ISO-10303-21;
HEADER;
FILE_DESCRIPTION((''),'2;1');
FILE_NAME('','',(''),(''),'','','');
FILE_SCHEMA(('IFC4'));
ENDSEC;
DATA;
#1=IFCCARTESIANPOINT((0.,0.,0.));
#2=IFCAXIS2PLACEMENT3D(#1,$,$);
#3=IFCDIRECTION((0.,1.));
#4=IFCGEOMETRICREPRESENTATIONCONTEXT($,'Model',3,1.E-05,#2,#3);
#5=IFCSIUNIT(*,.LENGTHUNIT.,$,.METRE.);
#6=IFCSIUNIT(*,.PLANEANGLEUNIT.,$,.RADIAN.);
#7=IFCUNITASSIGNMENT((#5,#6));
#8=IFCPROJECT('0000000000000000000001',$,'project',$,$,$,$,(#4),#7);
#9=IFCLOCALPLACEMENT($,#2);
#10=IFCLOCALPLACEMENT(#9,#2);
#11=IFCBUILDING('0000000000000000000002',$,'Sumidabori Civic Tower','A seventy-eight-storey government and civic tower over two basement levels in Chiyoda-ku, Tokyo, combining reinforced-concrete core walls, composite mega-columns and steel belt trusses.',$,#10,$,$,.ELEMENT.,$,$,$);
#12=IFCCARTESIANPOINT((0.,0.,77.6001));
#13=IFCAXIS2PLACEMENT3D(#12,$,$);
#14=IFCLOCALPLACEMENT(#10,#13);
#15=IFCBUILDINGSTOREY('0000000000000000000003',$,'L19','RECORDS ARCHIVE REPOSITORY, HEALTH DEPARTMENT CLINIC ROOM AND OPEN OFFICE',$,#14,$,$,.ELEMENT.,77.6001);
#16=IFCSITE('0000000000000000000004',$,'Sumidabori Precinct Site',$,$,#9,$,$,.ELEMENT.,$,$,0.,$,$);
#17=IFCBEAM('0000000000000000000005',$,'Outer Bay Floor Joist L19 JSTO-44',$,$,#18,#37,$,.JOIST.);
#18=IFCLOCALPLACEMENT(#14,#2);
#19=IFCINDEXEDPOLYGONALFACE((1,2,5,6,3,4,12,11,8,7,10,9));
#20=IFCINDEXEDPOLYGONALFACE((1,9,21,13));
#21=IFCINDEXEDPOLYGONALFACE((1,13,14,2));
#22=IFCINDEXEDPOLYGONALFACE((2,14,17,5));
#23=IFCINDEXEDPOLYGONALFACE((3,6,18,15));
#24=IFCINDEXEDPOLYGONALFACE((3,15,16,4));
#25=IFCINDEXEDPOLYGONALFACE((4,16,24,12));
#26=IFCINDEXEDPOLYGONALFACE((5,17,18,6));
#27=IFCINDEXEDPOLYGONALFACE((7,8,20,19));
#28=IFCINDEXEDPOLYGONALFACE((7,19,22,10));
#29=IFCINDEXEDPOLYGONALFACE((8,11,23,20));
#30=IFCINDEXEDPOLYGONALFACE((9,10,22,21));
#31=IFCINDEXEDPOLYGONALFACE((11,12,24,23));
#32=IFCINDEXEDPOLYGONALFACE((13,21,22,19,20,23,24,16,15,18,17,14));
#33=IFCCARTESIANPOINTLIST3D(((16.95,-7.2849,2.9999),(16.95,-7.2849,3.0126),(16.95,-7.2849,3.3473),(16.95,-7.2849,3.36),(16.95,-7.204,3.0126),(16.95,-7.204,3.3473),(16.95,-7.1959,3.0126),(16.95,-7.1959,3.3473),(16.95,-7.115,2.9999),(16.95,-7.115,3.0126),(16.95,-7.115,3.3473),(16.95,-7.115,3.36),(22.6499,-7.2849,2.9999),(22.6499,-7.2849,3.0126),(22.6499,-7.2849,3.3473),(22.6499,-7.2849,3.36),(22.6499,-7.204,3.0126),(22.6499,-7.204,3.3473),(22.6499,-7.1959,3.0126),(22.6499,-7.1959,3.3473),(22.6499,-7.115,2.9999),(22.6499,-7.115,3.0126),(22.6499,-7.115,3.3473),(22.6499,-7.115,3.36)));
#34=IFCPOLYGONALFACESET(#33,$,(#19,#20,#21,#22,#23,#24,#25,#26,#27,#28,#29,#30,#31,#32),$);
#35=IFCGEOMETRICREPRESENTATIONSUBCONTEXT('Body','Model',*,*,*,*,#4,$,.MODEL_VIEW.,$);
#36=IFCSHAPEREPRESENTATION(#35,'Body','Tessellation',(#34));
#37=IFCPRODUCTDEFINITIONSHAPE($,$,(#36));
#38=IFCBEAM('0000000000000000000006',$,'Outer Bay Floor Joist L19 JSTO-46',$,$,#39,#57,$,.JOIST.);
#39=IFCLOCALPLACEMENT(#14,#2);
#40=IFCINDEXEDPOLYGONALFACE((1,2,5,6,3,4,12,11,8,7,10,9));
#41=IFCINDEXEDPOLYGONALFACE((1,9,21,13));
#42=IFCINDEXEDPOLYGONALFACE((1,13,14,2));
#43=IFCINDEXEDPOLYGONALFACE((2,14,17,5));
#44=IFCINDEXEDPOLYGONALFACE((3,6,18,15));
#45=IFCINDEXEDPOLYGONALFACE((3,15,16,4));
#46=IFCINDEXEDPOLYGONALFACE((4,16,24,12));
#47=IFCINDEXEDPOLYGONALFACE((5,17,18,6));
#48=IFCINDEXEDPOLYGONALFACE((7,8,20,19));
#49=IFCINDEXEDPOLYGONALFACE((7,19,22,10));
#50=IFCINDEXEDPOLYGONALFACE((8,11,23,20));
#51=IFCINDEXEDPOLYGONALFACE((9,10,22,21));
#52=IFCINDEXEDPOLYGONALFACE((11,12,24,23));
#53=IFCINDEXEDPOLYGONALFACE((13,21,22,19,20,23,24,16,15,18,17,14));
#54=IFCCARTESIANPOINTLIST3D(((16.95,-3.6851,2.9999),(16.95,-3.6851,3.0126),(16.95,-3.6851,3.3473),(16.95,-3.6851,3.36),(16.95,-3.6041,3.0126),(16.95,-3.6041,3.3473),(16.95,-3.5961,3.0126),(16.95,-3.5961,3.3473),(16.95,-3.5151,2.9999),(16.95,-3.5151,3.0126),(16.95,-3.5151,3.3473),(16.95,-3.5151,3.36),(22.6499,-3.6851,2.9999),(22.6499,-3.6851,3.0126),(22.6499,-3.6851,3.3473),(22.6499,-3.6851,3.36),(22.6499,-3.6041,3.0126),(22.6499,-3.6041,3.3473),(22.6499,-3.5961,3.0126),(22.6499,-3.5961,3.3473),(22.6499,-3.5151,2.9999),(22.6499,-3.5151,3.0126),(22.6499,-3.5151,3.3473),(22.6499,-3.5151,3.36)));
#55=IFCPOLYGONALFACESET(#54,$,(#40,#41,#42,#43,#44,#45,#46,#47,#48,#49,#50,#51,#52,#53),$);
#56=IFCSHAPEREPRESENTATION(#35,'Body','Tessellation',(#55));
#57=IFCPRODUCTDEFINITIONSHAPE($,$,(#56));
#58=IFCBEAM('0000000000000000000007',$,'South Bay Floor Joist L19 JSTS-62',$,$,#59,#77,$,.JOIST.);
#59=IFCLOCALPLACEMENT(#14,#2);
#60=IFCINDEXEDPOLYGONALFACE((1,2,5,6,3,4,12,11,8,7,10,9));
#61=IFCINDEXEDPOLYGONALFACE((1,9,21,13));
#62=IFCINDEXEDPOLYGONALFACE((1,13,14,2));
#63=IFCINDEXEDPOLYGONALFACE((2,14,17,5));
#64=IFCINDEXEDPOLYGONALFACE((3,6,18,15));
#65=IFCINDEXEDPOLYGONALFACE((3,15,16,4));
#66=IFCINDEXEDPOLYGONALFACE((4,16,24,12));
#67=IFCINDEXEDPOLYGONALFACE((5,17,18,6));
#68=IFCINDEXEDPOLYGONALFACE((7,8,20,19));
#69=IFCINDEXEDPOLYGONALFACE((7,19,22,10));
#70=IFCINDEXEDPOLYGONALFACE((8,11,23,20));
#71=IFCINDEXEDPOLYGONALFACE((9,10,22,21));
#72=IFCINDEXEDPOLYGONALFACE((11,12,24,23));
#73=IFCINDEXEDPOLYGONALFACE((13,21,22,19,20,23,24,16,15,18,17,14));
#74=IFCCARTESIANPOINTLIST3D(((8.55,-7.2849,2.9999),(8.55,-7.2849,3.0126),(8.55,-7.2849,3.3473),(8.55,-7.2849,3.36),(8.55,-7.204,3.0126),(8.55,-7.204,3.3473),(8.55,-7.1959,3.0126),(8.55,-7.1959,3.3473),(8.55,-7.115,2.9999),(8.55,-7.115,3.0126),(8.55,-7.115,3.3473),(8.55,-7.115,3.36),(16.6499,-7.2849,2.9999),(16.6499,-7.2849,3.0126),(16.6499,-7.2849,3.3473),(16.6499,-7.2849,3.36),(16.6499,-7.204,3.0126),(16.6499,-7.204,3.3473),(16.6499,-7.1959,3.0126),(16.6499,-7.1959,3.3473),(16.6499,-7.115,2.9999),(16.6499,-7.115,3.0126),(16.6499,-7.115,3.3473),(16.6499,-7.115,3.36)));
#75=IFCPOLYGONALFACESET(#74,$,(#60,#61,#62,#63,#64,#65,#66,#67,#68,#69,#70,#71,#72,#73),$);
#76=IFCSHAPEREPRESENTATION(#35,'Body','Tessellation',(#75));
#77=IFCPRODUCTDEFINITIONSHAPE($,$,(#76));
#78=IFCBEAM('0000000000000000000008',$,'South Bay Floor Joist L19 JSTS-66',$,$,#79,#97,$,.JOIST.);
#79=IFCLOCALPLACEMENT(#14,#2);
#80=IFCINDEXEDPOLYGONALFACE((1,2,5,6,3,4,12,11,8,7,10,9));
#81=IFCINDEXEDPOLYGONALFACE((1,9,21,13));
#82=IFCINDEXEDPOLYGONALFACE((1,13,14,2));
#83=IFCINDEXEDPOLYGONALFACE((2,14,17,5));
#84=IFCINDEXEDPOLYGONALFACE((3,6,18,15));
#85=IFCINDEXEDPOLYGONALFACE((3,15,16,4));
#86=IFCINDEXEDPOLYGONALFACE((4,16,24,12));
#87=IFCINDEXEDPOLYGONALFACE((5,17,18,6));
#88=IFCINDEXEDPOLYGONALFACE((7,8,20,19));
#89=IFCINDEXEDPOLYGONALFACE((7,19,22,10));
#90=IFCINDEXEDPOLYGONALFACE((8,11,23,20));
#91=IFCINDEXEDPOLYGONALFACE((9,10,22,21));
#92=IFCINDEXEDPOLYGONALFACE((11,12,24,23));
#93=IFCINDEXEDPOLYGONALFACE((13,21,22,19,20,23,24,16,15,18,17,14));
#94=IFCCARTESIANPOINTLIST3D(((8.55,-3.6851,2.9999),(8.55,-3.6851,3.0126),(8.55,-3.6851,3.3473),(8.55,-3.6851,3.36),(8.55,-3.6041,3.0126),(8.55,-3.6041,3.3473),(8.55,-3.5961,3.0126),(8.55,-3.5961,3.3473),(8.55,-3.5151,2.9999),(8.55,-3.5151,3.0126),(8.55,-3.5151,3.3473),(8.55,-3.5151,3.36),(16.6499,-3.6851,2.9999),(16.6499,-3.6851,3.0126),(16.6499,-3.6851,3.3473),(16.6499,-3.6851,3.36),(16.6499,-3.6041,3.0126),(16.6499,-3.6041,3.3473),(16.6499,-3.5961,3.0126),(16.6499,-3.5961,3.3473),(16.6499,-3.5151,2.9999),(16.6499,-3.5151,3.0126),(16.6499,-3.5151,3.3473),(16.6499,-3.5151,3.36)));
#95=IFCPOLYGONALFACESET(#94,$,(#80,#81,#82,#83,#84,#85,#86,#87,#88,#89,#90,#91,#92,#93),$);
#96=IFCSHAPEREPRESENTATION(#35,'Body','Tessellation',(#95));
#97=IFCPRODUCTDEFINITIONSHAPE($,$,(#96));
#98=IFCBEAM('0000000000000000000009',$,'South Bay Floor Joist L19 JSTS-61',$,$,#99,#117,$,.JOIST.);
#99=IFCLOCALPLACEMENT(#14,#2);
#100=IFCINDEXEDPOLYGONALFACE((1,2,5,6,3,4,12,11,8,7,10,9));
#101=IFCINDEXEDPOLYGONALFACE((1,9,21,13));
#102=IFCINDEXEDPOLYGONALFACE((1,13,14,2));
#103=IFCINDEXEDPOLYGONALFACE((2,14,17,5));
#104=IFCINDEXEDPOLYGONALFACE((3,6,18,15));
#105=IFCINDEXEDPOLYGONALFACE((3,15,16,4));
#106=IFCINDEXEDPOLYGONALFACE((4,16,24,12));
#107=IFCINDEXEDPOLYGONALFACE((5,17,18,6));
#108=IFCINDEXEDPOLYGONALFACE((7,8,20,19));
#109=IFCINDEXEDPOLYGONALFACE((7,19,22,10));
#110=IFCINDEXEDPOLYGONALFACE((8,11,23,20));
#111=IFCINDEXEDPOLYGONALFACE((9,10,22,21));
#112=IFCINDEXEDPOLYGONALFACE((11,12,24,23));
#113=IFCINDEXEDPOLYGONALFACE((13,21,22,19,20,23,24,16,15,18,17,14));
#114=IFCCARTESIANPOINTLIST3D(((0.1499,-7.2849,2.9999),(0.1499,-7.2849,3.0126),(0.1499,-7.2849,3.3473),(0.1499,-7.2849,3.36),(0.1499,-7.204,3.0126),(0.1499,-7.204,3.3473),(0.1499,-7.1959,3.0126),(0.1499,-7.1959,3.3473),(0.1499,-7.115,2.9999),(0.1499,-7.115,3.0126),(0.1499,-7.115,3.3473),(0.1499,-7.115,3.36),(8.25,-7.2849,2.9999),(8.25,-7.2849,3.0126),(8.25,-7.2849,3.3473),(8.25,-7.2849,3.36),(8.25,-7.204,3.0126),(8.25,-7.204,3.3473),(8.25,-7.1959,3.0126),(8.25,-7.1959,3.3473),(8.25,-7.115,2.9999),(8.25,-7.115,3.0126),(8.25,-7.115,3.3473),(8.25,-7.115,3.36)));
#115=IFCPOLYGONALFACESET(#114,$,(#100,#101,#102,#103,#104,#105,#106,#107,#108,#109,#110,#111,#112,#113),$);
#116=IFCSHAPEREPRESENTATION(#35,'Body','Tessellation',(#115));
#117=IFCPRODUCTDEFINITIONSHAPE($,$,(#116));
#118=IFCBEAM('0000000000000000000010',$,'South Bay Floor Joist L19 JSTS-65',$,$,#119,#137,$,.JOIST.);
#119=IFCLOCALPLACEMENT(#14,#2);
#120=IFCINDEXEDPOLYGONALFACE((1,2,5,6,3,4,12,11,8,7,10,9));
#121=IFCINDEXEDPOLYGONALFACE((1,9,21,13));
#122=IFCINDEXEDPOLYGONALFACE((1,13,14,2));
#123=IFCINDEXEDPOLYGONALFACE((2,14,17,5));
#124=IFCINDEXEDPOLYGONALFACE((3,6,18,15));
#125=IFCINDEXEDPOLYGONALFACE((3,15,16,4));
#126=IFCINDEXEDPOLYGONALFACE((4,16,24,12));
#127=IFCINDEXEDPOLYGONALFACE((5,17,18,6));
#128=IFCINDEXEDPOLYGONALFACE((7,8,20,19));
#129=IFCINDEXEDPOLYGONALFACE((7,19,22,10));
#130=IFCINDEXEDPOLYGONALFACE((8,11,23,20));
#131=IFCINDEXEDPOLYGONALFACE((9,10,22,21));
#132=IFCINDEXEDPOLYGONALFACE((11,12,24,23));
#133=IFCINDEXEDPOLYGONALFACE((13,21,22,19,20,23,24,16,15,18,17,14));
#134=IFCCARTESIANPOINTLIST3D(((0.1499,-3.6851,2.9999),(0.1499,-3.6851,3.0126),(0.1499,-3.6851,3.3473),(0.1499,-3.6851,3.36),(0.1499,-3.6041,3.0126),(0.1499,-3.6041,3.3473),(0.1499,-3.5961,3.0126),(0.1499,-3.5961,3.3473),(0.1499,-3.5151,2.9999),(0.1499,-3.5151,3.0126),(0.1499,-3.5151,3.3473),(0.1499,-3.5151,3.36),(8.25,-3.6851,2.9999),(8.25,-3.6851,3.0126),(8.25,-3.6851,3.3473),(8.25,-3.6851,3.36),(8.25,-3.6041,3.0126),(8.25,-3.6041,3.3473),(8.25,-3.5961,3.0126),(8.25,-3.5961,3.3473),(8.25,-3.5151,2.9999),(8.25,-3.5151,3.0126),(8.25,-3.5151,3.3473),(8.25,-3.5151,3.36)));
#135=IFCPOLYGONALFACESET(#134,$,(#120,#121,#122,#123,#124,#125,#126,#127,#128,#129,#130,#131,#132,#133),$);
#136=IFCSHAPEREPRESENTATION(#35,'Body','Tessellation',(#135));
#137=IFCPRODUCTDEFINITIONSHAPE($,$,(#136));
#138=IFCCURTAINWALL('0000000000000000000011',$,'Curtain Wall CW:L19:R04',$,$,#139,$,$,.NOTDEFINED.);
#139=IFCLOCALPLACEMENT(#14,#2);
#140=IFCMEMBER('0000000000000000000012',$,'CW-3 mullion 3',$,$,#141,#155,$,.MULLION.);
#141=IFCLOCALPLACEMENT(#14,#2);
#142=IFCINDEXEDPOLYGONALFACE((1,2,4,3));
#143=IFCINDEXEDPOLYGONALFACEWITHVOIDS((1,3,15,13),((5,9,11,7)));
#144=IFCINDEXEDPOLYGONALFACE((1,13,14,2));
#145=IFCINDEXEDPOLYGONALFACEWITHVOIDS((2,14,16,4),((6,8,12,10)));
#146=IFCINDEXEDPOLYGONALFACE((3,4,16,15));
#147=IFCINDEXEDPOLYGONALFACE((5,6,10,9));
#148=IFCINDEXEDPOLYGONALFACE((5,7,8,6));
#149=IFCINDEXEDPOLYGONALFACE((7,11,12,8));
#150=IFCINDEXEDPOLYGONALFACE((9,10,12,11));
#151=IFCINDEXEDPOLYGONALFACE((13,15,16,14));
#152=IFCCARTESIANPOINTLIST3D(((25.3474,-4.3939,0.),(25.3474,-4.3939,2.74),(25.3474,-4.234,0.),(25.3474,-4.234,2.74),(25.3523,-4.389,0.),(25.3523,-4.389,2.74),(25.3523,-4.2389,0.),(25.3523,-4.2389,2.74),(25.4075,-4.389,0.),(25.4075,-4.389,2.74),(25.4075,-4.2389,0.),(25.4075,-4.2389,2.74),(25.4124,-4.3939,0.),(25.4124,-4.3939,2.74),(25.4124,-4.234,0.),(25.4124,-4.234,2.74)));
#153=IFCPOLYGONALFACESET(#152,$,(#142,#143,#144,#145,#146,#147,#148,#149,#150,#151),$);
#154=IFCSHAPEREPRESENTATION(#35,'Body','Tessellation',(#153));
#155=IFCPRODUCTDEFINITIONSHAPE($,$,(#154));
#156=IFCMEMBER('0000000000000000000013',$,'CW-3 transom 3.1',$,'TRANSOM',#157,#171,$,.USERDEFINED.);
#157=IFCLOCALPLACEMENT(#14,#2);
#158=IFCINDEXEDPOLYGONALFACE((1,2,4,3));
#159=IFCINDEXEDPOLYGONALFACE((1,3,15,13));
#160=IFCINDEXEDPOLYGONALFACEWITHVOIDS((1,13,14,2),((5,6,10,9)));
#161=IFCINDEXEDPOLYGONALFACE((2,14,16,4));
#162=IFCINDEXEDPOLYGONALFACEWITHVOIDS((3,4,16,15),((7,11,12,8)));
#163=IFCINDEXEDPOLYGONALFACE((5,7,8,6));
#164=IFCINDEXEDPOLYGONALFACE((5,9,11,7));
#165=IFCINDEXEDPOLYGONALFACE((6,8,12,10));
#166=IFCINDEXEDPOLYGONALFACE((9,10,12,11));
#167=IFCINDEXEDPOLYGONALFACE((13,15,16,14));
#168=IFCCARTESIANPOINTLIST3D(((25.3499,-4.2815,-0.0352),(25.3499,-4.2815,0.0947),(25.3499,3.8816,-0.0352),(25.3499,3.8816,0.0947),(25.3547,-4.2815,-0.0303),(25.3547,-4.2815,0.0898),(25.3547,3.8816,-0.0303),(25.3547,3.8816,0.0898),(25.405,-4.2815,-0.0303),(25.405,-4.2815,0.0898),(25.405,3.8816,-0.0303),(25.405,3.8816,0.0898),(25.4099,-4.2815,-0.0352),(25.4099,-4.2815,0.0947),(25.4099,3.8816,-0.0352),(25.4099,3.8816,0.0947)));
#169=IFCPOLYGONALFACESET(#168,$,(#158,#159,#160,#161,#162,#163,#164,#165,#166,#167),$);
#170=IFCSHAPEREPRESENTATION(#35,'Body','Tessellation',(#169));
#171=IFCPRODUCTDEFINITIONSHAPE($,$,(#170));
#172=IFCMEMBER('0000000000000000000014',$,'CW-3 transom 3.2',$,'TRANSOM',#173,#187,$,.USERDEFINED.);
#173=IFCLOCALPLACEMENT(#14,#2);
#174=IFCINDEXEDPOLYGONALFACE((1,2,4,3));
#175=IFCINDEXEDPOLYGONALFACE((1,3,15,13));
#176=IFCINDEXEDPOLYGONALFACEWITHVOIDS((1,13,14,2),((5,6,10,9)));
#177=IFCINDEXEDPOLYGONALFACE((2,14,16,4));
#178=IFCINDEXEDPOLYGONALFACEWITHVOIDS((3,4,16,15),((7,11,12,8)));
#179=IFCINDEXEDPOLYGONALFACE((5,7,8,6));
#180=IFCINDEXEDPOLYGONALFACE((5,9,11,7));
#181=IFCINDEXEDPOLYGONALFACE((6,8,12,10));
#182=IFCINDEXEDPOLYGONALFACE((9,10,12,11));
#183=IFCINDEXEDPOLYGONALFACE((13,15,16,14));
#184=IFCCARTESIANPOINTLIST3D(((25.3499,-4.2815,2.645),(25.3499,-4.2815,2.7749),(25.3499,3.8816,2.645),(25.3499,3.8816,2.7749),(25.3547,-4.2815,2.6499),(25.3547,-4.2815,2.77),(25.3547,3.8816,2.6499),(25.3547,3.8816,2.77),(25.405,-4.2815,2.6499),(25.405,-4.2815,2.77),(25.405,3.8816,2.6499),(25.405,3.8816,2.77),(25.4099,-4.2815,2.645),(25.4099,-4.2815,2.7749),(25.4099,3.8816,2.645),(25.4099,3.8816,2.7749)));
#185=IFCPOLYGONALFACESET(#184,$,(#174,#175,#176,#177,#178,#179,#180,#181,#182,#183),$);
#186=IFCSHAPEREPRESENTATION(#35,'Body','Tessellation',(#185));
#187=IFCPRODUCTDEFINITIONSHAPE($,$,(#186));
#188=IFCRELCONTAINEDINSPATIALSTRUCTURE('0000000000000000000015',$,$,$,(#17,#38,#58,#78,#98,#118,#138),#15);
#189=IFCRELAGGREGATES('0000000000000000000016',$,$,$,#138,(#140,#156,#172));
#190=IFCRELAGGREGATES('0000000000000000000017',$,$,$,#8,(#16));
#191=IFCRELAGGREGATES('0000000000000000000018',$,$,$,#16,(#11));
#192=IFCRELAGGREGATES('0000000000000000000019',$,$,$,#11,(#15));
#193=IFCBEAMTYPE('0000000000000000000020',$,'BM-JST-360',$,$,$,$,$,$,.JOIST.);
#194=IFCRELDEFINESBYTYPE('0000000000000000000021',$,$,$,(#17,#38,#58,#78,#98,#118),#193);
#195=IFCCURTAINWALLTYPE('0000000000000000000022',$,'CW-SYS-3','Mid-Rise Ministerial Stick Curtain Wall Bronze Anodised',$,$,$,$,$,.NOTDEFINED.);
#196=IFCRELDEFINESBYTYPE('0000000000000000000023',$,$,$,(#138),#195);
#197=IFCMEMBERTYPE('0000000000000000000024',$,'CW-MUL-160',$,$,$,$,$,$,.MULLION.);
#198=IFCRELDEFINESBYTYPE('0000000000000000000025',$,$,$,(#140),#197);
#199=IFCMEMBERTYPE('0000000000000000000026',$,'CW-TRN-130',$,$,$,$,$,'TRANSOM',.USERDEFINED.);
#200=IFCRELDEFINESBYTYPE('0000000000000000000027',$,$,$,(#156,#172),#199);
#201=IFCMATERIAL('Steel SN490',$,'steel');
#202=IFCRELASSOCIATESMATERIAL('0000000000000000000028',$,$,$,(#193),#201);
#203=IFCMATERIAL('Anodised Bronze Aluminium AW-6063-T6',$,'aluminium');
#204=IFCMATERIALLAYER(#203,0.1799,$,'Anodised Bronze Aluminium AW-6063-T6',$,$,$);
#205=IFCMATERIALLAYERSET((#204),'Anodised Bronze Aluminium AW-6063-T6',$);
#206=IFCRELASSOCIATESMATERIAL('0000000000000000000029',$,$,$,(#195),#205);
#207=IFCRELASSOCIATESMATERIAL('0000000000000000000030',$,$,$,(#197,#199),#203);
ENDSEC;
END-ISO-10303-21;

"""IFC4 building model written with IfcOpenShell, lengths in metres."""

from ifc_helpers import new_model, si_unit, direction, frame, origin, origin_2d, place, context, subcontext, project, spatial, hollow_rectangle, i_section, extrude, source, transform, mapped, material, layer, layer_set, material_profile, profile_set, type_object, element, aggregate, save


model = new_model("IFC4")

# Units and contexts
model_context = context("Model", 3, precision=1e-05, world=origin(), true_north=direction((0.0, 1.0)))
body_context = subcontext(model_context, "Body", "Model", "MODEL_VIEW")
ifc_project = project(units=[si_unit("LENGTHUNIT", "METRE"), si_unit("PLANEANGLEUNIT", "RADIAN")], contexts=[model_context])

# Site, building, storey
site_placement = place(None, origin())
site = spatial("IfcSite", under=ifc_project, at=site_placement, Name="Sumidabori Precinct Site", CompositionType="ELEMENT", RefElevation=0.0)
building_placement = place(site_placement, origin())
building = spatial("IfcBuilding", under=site, at=building_placement, Name="Sumidabori Civic Tower", Description="A seventy-eight-storey government and civic tower over two basement levels in Chiyoda-ku, Tokyo, combining reinforced-concrete core walls, composite mega-columns and steel belt trusses.", CompositionType="ELEMENT")
storey_placement = place(building_placement, frame((0.0, 0.0, 77.6001)))
storey = spatial("IfcBuildingStorey", under=building, at=storey_placement, Name="L19", Description="RECORDS ARCHIVE REPOSITORY, HEALTH DEPARTMENT CLINIC ROOM AND OPEN OFFICE", CompositionType="ELEMENT", Elevation=77.6001)

# Beams
ifc_material_1 = material(Name="Steel SN490", Category="steel")
ifc_material_profile_1 = material_profile(ifc_material_1, i_section(OverallWidth=0.1699, OverallDepth=0.3601, WebThickness=0.0081, FlangeThickness=0.0127, at=origin_2d()), Name="IPE 360")
ifc_profile_set_1 = profile_set([ifc_material_profile_1], Name="Steel SN490")
beam_type_1 = type_object("IfcBeamType", Name="BM-JST-360", PredefinedType="JOIST", material=ifc_profile_set_1)
shared_shape_1 = source(origin(), body_context, "Body", "SweptSolid", [
    extrude(i_section(OverallWidth=0.1699, OverallDepth=0.3601, WebThickness=0.0081, FlangeThickness=0.0127, at=origin_2d()), origin(), (0.0, 0.0, 1.0), 5.7),
])
for number, where, z_axis, x_axis, name in (
    (1, (16.95, -7.2, 3.1799), (1.0, 0.0, 0.0), (0.0, 1.0, 0.0), "Outer Bay Floor Joist L19 JSTO-44"),
    (2, (16.95, -3.6001, 3.1799), (1.0, 0.0, 0.0), (0.0, 1.0, 0.0), "Outer Bay Floor Joist L19 JSTO-46"),
):
    element("IfcBeam", number, at=place(storey_placement, frame(where, z_axis=z_axis, x_axis=x_axis)), inside=storey, type_object=beam_type_1, Name=name, PredefinedType="JOIST", context=body_context, shape_type="MappedRepresentation", body=[
        mapped(shared_shape_1, transform((0.0, 0.0, 0.0), x_axis=(1.0, 0.0, 0.0), y_axis=(0.0, 1.0, 0.0), z_axis=(0.0, 0.0, 1.0), scale=1.0)),
    ])
shared_shape_2 = source(origin(), body_context, "Body", "SweptSolid", [
    extrude(i_section(OverallWidth=0.1699, OverallDepth=0.3601, WebThickness=0.0081, FlangeThickness=0.0127, at=origin_2d()), origin(), (0.0, 0.0, 1.0), 8.0999),
])
for number, where, z_axis, x_axis, name in (
    (3, (8.55, -7.2, 3.1799), (1.0, 0.0, 0.0), (0.0, 1.0, 0.0), "South Bay Floor Joist L19 JSTS-62"),
    (4, (8.55, -3.6001, 3.1799), (1.0, 0.0, 0.0), (0.0, 1.0, 0.0), "South Bay Floor Joist L19 JSTS-66"),
):
    element("IfcBeam", number, at=place(storey_placement, frame(where, z_axis=z_axis, x_axis=x_axis)), inside=storey, type_object=beam_type_1, Name=name, PredefinedType="JOIST", context=body_context, shape_type="MappedRepresentation", body=[
        mapped(shared_shape_2, transform((0.0, 0.0, 0.0), x_axis=(1.0, 0.0, 0.0), y_axis=(0.0, 1.0, 0.0), z_axis=(0.0, 0.0, 1.0), scale=1.0)),
    ])
shared_shape_3 = source(origin(), body_context, "Body", "SweptSolid", [
    extrude(i_section(OverallWidth=0.1699, OverallDepth=0.3601, WebThickness=0.0081, FlangeThickness=0.0127, at=origin_2d()), origin(), (0.0, 0.0, 1.0), 8.1001),
])
for number, where, z_axis, x_axis, name in (
    (5, (0.1499, -7.2, 3.1799), (1.0, 0.0, 0.0), (0.0, 1.0, 0.0), "South Bay Floor Joist L19 JSTS-61"),
    (6, (0.1499, -3.6001, 3.1799), (1.0, 0.0, 0.0), (0.0, 1.0, 0.0), "South Bay Floor Joist L19 JSTS-65"),
):
    element("IfcBeam", number, at=place(storey_placement, frame(where, z_axis=z_axis, x_axis=x_axis)), inside=storey, type_object=beam_type_1, Name=name, PredefinedType="JOIST", context=body_context, shape_type="MappedRepresentation", body=[
        mapped(shared_shape_3, transform((0.0, 0.0, 0.0), x_axis=(1.0, 0.0, 0.0), y_axis=(0.0, 1.0, 0.0), z_axis=(0.0, 0.0, 1.0), scale=1.0)),
    ])

# Curtain wall, members
ifc_material_2 = material(Name="Anodised Bronze Aluminium AW-6063-T6", Category="aluminium")
ifc_layer_1 = layer(ifc_material_2, 0.1799, Name="Anodised Bronze Aluminium AW-6063-T6")
ifc_layer_set_1 = layer_set([ifc_layer_1], Name="Anodised Bronze Aluminium AW-6063-T6")
curtain_wall_type = type_object("IfcCurtainWallType", Name="CW-SYS-3", Description="Mid-Rise Ministerial Stick Curtain Wall Bronze Anodised", PredefinedType="NOTDEFINED", material=ifc_layer_set_1)
curtain_wall_placement = place(storey_placement, origin())
curtain_wall = element("IfcCurtainWall", 7, at=curtain_wall_placement, inside=storey, type_object=curtain_wall_type, Name="Curtain Wall CW:L19:R04", PredefinedType="NOTDEFINED")
ifc_material_profile_2 = material_profile(ifc_material_2, hollow_rectangle(XDim=0.0649, YDim=0.1599, WallThickness=0.0049, at=origin_2d()), Name="ALU MULLION 160x65")
ifc_profile_set_2 = profile_set([ifc_material_profile_2], Name="Anodised Bronze Aluminium AW-6063-T6")
member_type_1 = type_object("IfcMemberType", Name="CW-MUL-160", PredefinedType="MULLION", material=ifc_profile_set_2)
shared_shape_4 = source(origin(), body_context, "Body", "SweptSolid", [
    extrude(hollow_rectangle(XDim=0.0649, YDim=0.1599, WallThickness=0.0049, at=origin_2d()), origin(), (0.0, 0.0, 1.0), 2.74),
])
member_1_placement = place(storey_placement, frame((25.3799, -4.314, 0.0), z_axis=(0.0, 0.0, 1.0), x_axis=(-1.0, 0.0, 0.0)))
member_1 = element("IfcMember", 8, at=member_1_placement, type_object=member_type_1, Name="CW-3 mullion 3", PredefinedType="MULLION", context=body_context, shape_type="MappedRepresentation", body=[
    mapped(shared_shape_4, transform((0.0, 0.0, 0.0), x_axis=(1.0, 0.0, 0.0), y_axis=(0.0, 1.0, 0.0), z_axis=(0.0, 0.0, 1.0), scale=1.0)),
])
ifc_material_profile_3 = material_profile(ifc_material_2, hollow_rectangle(XDim=0.0601, YDim=0.1299, WallThickness=0.0049, at=origin_2d()), Name="ALU TRANSOM 130x60")
ifc_profile_set_3 = profile_set([ifc_material_profile_3], Name="Anodised Bronze Aluminium AW-6063-T6")
member_type_2 = type_object("IfcMemberType", Name="CW-TRN-130", ElementType="TRANSOM", PredefinedType="USERDEFINED", material=ifc_profile_set_3)
shared_shape_5 = source(origin(), body_context, "Body", "SweptSolid", [
    extrude(hollow_rectangle(XDim=0.0601, YDim=0.1299, WallThickness=0.0049, at=origin_2d()), origin(), (0.0, 0.0, 1.0), 8.1631),
])
member_2_placement = place(storey_placement, frame((25.3799, -4.2815, 0.0298), z_axis=(0.0, 1.0, 0.0), x_axis=(-1.0, 0.0, 0.0)))
member_2 = element("IfcMember", 9, at=member_2_placement, type_object=member_type_2, Name="CW-3 transom 3.1", ObjectType="TRANSOM", PredefinedType="USERDEFINED", context=body_context, shape_type="MappedRepresentation", body=[
    mapped(shared_shape_5, transform((0.0, 0.0, 0.0), x_axis=(1.0, 0.0, 0.0), y_axis=(0.0, 1.0, 0.0), z_axis=(0.0, 0.0, 1.0), scale=1.0)),
])
member_3_placement = place(storey_placement, frame((25.3799, -4.2815, 2.71), z_axis=(0.0, 1.0, 0.0), x_axis=(-1.0, 0.0, 0.0)))
member_3 = element("IfcMember", 10, at=member_3_placement, type_object=member_type_2, Name="CW-3 transom 3.2", ObjectType="TRANSOM", PredefinedType="USERDEFINED", context=body_context, shape_type="MappedRepresentation", body=[
    mapped(shared_shape_5, transform((0.0, 0.0, 0.0), x_axis=(1.0, 0.0, 0.0), y_axis=(0.0, 1.0, 0.0), z_axis=(0.0, 0.0, 1.0), scale=1.0)),
])
aggregate(curtain_wall, [member_1, member_2, member_3])

save(model, "model.ifc")
